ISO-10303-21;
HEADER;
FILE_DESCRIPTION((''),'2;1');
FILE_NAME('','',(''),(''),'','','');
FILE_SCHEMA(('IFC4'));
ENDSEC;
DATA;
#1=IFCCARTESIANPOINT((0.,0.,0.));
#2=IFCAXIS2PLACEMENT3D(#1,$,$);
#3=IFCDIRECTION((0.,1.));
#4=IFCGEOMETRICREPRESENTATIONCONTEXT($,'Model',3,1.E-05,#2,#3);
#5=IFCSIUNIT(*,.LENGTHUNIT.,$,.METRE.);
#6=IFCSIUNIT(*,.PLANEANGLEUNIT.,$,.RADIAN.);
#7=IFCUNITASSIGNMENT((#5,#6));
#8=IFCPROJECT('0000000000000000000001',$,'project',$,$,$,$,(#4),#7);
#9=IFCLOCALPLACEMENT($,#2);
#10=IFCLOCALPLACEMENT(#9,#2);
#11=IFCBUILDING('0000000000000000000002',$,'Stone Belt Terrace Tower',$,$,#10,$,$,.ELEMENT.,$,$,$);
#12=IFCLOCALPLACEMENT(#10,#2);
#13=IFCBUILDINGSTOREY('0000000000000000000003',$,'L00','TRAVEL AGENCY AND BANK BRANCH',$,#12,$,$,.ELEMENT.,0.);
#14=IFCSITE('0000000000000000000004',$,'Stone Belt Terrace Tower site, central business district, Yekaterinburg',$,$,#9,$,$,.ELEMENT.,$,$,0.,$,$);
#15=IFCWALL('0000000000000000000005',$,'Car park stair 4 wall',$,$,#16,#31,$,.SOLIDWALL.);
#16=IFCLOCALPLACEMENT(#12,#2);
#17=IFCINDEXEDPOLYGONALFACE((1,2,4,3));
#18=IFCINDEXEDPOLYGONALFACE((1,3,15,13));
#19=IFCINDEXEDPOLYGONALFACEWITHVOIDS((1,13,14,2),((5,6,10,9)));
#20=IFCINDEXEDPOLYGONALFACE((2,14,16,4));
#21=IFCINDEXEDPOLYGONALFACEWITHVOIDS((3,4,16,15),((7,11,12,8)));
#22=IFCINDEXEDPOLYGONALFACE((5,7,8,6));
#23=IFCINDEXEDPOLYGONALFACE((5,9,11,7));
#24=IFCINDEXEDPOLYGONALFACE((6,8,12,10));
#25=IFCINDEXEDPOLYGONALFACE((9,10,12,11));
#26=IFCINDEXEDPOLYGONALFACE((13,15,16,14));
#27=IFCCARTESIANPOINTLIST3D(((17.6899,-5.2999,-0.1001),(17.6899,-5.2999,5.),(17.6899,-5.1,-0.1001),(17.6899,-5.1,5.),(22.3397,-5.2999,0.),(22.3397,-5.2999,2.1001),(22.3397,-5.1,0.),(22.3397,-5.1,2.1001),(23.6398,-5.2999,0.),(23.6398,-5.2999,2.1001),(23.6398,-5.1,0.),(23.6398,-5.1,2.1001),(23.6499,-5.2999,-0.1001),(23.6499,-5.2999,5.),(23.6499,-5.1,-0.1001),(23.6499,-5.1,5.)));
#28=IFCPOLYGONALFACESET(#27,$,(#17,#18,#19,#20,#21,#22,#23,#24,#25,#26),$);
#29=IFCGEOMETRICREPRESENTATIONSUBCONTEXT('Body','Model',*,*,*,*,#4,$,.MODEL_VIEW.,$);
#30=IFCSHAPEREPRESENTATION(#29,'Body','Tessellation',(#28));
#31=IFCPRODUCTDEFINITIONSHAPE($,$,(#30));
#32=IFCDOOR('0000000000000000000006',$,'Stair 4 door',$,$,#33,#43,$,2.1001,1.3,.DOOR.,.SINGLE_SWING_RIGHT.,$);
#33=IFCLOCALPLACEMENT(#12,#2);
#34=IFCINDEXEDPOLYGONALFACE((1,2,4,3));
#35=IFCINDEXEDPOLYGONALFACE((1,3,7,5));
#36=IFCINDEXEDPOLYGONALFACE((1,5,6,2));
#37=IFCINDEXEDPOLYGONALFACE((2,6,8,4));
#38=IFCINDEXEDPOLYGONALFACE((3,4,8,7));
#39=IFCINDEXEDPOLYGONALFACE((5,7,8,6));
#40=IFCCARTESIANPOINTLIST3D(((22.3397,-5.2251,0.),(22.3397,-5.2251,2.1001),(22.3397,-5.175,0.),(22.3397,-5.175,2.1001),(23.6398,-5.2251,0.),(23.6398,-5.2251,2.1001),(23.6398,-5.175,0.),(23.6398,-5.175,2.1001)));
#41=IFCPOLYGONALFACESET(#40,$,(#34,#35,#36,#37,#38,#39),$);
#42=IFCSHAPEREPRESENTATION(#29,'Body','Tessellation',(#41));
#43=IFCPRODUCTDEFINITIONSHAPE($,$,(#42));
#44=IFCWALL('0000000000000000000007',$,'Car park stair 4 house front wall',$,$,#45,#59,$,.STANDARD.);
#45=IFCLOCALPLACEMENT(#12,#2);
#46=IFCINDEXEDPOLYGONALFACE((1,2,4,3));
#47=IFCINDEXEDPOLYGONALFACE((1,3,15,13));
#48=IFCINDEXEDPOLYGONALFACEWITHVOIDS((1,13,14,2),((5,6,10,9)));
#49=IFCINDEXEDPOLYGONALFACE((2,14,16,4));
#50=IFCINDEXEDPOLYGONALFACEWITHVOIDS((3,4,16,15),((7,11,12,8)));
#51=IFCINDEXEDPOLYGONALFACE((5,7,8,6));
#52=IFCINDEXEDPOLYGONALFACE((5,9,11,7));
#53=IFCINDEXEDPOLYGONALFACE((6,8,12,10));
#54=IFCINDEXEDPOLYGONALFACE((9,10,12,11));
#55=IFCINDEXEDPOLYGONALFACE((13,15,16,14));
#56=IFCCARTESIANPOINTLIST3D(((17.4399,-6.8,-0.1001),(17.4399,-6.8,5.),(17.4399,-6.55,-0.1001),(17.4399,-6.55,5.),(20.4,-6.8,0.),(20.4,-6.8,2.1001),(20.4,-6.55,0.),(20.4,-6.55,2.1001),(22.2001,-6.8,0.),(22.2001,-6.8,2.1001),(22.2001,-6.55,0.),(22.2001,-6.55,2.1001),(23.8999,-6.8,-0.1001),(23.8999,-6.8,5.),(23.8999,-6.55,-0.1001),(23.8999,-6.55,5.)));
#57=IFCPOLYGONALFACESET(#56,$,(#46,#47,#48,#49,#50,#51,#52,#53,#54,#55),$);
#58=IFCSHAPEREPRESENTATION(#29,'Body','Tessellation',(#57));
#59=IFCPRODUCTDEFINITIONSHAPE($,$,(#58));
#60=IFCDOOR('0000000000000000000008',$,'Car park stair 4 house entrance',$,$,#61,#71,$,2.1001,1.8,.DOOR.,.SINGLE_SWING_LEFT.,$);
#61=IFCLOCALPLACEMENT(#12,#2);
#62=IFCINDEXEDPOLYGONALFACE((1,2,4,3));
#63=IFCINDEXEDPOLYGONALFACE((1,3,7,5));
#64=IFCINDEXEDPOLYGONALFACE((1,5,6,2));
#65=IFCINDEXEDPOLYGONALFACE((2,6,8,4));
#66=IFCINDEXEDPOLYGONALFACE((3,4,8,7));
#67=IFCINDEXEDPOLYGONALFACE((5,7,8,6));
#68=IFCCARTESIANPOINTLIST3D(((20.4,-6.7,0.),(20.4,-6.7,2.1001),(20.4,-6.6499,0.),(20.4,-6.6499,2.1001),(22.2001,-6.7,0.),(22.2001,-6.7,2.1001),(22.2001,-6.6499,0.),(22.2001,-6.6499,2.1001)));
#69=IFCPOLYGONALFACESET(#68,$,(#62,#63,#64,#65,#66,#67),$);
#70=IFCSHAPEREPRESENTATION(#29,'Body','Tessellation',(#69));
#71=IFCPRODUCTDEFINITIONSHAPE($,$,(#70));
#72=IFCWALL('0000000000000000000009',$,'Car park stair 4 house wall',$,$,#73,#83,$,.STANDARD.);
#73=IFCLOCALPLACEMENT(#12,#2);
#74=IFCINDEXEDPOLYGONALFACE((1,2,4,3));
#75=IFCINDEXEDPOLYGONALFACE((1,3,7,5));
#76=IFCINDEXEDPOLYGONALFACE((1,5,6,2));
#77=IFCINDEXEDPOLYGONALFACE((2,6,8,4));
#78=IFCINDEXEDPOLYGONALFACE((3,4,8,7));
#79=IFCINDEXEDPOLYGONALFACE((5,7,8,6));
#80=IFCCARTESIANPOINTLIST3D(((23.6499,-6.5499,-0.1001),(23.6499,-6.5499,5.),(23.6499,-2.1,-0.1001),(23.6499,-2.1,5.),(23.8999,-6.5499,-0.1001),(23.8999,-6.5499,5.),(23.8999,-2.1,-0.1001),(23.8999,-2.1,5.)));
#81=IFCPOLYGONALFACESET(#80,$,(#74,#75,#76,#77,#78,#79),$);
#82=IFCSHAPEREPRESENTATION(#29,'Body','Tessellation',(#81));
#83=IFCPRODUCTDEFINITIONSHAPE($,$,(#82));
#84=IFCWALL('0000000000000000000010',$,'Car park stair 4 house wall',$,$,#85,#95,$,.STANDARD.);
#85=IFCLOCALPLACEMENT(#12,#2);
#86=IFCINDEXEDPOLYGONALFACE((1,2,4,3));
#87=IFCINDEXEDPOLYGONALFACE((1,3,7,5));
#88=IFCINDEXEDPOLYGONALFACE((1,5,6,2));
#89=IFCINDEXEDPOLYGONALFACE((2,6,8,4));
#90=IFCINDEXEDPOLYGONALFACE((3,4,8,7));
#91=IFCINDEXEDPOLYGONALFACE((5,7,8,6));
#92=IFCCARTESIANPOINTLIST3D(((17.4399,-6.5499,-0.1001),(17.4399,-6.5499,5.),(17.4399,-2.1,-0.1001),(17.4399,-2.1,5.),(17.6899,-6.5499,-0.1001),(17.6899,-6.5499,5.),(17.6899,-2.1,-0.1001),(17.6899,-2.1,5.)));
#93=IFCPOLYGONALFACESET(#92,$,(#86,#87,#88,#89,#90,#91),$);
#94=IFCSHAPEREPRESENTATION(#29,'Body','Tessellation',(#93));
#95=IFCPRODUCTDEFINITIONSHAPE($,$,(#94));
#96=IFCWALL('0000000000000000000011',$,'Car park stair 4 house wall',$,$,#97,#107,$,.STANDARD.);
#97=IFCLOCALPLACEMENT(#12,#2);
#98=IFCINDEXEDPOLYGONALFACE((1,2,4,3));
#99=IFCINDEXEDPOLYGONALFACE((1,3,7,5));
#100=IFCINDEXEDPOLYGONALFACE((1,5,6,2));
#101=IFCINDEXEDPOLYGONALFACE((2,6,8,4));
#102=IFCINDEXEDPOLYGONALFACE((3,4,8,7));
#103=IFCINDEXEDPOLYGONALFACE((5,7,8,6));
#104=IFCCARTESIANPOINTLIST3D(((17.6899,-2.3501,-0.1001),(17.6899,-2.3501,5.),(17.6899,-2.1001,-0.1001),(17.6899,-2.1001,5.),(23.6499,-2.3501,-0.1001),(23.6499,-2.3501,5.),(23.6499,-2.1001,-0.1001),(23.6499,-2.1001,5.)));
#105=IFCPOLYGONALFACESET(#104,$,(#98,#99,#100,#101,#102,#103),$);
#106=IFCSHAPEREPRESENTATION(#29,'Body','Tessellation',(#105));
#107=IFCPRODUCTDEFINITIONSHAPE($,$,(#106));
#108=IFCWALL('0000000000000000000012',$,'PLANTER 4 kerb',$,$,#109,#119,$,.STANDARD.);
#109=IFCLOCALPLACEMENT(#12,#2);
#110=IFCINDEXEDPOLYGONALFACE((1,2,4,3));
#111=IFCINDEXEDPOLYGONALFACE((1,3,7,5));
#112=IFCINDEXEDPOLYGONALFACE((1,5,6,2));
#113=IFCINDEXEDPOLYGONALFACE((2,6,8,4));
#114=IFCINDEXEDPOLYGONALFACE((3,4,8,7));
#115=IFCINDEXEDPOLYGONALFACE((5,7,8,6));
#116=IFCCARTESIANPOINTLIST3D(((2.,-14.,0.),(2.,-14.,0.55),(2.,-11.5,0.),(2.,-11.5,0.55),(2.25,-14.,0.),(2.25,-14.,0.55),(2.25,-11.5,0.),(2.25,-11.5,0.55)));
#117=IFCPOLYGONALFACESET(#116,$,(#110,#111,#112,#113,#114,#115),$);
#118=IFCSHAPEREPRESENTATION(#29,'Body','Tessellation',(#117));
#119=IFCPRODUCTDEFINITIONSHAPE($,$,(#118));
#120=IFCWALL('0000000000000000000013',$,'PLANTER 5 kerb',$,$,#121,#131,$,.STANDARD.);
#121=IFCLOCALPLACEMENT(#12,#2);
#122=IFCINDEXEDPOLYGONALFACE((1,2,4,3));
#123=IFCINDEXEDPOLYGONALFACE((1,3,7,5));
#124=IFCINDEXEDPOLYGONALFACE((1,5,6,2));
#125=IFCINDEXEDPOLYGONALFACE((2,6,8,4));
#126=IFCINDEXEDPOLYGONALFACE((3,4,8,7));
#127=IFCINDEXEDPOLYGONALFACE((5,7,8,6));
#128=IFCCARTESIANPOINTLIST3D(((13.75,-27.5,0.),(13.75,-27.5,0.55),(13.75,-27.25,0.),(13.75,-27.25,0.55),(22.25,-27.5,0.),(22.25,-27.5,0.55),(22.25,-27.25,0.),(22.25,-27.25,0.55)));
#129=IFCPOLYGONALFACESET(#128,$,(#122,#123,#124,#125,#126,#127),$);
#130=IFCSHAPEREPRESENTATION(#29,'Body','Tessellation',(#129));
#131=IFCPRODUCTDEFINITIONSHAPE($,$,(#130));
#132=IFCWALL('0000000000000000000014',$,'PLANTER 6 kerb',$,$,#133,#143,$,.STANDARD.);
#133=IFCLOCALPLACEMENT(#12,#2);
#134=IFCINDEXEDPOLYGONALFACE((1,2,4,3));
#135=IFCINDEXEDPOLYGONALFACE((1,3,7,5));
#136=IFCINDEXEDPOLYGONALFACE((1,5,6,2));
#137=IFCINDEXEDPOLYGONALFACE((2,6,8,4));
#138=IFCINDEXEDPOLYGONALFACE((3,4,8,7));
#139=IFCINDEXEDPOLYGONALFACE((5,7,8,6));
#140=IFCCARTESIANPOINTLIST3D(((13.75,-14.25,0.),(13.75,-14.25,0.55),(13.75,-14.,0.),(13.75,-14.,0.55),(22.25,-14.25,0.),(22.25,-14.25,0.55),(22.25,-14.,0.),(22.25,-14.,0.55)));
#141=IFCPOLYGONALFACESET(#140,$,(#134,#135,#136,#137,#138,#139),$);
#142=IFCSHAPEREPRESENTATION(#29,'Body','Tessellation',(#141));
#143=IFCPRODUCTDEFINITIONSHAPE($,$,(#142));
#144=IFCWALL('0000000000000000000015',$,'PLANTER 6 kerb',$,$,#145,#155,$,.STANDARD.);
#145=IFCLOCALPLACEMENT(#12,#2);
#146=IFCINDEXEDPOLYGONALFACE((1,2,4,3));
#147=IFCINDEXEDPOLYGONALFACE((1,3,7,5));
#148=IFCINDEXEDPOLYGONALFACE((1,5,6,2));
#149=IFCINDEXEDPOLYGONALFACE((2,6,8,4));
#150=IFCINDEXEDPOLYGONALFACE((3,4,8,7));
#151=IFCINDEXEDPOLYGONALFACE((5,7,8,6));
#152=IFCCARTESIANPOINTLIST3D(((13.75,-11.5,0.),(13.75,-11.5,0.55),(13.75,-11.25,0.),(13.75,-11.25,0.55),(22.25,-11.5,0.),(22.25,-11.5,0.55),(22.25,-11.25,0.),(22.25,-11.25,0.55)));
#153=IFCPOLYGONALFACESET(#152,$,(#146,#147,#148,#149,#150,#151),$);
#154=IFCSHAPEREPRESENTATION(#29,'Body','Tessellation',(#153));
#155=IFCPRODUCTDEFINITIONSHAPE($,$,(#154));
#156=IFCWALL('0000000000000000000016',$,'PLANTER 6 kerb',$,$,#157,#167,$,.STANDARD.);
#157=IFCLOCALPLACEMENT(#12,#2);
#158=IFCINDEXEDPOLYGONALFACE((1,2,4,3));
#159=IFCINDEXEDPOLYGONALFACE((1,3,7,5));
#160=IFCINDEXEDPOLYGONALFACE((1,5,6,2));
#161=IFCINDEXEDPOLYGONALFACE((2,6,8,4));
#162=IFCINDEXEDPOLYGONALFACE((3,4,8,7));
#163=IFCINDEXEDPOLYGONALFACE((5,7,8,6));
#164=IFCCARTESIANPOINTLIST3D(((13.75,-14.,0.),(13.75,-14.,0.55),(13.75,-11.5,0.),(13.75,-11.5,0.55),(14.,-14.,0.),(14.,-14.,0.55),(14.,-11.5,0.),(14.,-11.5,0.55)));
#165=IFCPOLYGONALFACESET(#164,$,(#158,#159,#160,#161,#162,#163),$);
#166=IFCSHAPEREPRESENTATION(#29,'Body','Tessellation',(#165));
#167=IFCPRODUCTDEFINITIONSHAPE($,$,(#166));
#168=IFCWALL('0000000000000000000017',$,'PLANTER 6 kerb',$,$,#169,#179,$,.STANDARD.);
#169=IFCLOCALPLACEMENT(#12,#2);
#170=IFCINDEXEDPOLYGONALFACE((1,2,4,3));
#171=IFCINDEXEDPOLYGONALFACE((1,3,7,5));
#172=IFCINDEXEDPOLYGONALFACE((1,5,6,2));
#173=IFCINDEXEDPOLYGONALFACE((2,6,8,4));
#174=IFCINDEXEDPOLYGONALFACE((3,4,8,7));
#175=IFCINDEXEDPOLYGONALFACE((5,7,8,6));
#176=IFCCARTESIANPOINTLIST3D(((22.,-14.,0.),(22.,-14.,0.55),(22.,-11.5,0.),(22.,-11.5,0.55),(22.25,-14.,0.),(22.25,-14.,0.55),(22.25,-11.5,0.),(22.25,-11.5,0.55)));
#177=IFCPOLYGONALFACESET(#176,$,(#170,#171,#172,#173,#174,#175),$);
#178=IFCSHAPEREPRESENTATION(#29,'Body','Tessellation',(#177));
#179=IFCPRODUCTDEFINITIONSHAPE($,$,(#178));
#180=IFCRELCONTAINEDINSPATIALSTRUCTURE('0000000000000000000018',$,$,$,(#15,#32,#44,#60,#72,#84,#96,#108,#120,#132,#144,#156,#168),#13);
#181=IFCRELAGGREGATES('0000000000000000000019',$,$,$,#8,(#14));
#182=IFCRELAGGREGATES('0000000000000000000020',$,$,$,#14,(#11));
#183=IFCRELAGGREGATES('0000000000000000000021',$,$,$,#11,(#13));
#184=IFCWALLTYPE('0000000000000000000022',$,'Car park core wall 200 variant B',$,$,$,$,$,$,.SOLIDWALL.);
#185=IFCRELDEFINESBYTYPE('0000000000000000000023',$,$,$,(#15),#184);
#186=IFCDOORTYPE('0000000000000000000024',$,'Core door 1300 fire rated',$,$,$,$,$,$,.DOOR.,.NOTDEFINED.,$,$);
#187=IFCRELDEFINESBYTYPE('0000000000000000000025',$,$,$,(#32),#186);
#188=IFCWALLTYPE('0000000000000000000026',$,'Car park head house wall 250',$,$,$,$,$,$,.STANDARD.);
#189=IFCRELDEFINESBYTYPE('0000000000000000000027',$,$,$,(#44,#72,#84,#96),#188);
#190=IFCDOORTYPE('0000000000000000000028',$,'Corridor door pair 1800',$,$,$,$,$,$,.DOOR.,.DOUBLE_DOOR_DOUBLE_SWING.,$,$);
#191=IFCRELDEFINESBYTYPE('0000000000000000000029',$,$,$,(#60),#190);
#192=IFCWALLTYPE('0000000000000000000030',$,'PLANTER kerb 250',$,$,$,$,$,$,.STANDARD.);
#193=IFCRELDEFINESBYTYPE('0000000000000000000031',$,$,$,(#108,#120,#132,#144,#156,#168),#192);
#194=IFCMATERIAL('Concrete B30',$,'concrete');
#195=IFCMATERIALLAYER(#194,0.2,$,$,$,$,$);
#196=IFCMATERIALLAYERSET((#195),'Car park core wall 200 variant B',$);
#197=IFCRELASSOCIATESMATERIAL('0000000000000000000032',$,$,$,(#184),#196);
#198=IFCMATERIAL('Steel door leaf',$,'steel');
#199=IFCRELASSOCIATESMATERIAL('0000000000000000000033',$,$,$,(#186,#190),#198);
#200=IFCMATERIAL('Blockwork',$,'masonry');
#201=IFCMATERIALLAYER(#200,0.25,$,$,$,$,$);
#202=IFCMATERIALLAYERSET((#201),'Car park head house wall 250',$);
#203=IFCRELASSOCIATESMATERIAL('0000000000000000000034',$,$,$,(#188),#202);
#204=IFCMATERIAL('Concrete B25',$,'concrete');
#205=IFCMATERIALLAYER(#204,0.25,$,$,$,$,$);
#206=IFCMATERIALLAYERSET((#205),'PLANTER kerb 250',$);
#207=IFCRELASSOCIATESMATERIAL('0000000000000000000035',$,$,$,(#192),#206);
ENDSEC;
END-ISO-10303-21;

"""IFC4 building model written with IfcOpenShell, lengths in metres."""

from ifc_helpers import new_model, si_unit, direction, frame, frame_2d, origin, place, context, subcontext, project, spatial, rectangle, extrude, material, layer, layer_set, type_object, element, fill, save


model = new_model("IFC4")

# Units and contexts
model_context = context("Model", 3, precision=1e-05, world=origin(), true_north=direction((0.0, 1.0)))
body_context = subcontext(model_context, "Body", "Model", "MODEL_VIEW")
ifc_project = project(units=[si_unit("LENGTHUNIT", "METRE"), si_unit("PLANEANGLEUNIT", "RADIAN")], contexts=[model_context])

# Site, building, storey
site_placement = place(None, origin())
site = spatial("IfcSite", under=ifc_project, at=site_placement, Name="Stone Belt Terrace Tower site, central business district, Yekaterinburg", CompositionType="ELEMENT", RefElevation=0.0)
building_placement = place(site_placement, origin())
building = spatial("IfcBuilding", under=site, at=building_placement, Name="Stone Belt Terrace Tower", CompositionType="ELEMENT")
storey_placement = place(building_placement, origin())
storey = spatial("IfcBuildingStorey", under=building, at=storey_placement, Name="L00", Description="TRAVEL AGENCY AND BANK BRANCH", CompositionType="ELEMENT", Elevation=0.0)

# Shared definitions
ifc_material_1 = material(Name="Concrete B30", Category="concrete")

# Walls, openings, doors
ifc_layer_1 = layer(ifc_material_1, 0.2)
ifc_layer_set_1 = layer_set([ifc_layer_1], Name="Car park core wall 200 variant B")
wall_type_1 = type_object("IfcWallType", Name="Car park core wall 200 variant B", PredefinedType="SOLIDWALL", material=ifc_layer_set_1)
wall_1_placement = place(storey_placement, frame((17.6899, -5.2, -0.1001), z_axis=(0.0, 0.0, 1.0), x_axis=(1.0, 0.0, 0.0)))
wall_1 = element("IfcWall", 1, at=wall_1_placement, inside=storey, type_object=wall_type_1, Name="Car park stair 4 wall", PredefinedType="SOLIDWALL", context=body_context, shape_type="SweptSolid", body=[
    extrude(rectangle(XDim=5.96, YDim=0.2, at=frame_2d((2.98, 0.0))), origin(), (0.0, 0.0, 1.0), 5.1001),
])
opening_1_placement = place(wall_1_placement, frame((4.6499, 0.0, 0.1001)))
opening_1 = element("IfcOpeningElement", 2, at=opening_1_placement, cuts=wall_1, PredefinedType="OPENING", context=body_context, shape_type="SweptSolid", body=[
    extrude(rectangle(XDim=1.3, YDim=2.1001, at=frame_2d((0.6499, 1.05))), frame((0.0, 0.1099, 0.0), z_axis=(0.0, -1.0, 0.0), x_axis=(1.0, 0.0, 0.0)), (0.0, 0.0, 1.0), 0.22),
])
ifc_material_2 = material(Name="Steel door leaf", Category="steel")
door_type_1 = type_object("IfcDoorType", Name="Core door 1300 fire rated", OperationType="NOTDEFINED", PredefinedType="DOOR", material=ifc_material_2)
door_1_placement = place(opening_1_placement, origin())
door_1 = element("IfcDoor", 3, at=door_1_placement, inside=storey, type_object=door_type_1, Name="Stair 4 door", OperationType="SINGLE_SWING_RIGHT", OverallHeight=2.1001, OverallWidth=1.3, PredefinedType="DOOR", context=body_context, shape_type="SweptSolid", body=[
    extrude(rectangle(XDim=1.3, YDim=2.1001, at=frame_2d((0.6499, 1.05))), frame((0.0, 0.0249, 0.0), z_axis=(0.0, -1.0, 0.0), x_axis=(1.0, 0.0, 0.0)), (0.0, 0.0, 1.0), 0.05),
])
fill(opening_1, door_1)
ifc_material_3 = material(Name="Blockwork", Category="masonry")
ifc_layer_2 = layer(ifc_material_3, 0.25)
ifc_layer_set_2 = layer_set([ifc_layer_2], Name="Car park head house wall 250")
wall_type_2 = type_object("IfcWallType", Name="Car park head house wall 250", PredefinedType="STANDARD", material=ifc_layer_set_2)
wall_2_placement = place(storey_placement, frame((23.8999, -6.675, -0.1001), z_axis=(0.0, 0.0, 1.0), x_axis=(-1.0, 0.0, 0.0)))
wall_2 = element("IfcWall", 4, at=wall_2_placement, inside=storey, type_object=wall_type_2, Name="Car park stair 4 house front wall", PredefinedType="STANDARD", context=body_context, shape_type="SweptSolid", body=[
    extrude(rectangle(XDim=6.46, YDim=0.25, at=frame_2d((3.23, 0.0))), origin(), (0.0, 0.0, 1.0), 5.1001),
])
opening_2_placement = place(wall_2_placement, frame((1.7, 0.0, 0.1001)))
opening_2 = element("IfcOpeningElement", 5, at=opening_2_placement, cuts=wall_2, PredefinedType="OPENING", context=body_context, shape_type="SweptSolid", body=[
    extrude(rectangle(XDim=1.8, YDim=2.1001, at=frame_2d((0.8999, 1.05))), frame((0.0, 0.135, 0.0), z_axis=(0.0, -1.0, 0.0), x_axis=(1.0, 0.0, 0.0)), (0.0, 0.0, 1.0), 0.27),
])
door_type_2 = type_object("IfcDoorType", Name="Corridor door pair 1800", OperationType="DOUBLE_DOOR_DOUBLE_SWING", PredefinedType="DOOR", material=ifc_material_2)
door_2_placement = place(opening_2_placement, origin())
door_2 = element("IfcDoor", 6, at=door_2_placement, inside=storey, type_object=door_type_2, Name="Car park stair 4 house entrance", OperationType="SINGLE_SWING_LEFT", OverallHeight=2.1001, OverallWidth=1.8, PredefinedType="DOOR", context=body_context, shape_type="SweptSolid", body=[
    extrude(rectangle(XDim=1.8, YDim=2.1001, at=frame_2d((0.8999, 1.05))), frame((0.0, 0.0249, 0.0), z_axis=(0.0, -1.0, 0.0), x_axis=(1.0, 0.0, 0.0)), (0.0, 0.0, 1.0), 0.05),
])
fill(opening_2, door_2)

# Walls
for number, where, z_axis, x_axis, name in (
    (7, (23.7749, -6.55, -0.1001), (0.0, 0.0, 1.0), (0.0, 1.0, 0.0), "Car park stair 4 house wall"),
    (8, (17.5649, -6.55, -0.1001), (0.0, 0.0, 1.0), (0.0, 1.0, 0.0), "Car park stair 4 house wall"),
):
    element("IfcWall", number, at=place(storey_placement, frame(where, z_axis=z_axis, x_axis=x_axis)), inside=storey, type_object=wall_type_2, Name=name, PredefinedType="STANDARD", context=body_context, shape_type="SweptSolid", body=[
        extrude(rectangle(XDim=4.45, YDim=0.25, at=frame_2d((2.2251, 0.0))), origin(), (0.0, 0.0, 1.0), 5.1001),
    ])
wall_3_placement = place(storey_placement, frame((17.6899, -2.2251, -0.1001), z_axis=(0.0, 0.0, 1.0), x_axis=(1.0, 0.0, 0.0)))
element("IfcWall", 9, at=wall_3_placement, inside=storey, type_object=wall_type_2, Name="Car park stair 4 house wall", PredefinedType="STANDARD", context=body_context, shape_type="SweptSolid", body=[
    extrude(rectangle(XDim=5.96, YDim=0.25, at=frame_2d((2.98, 0.0))), origin(), (0.0, 0.0, 1.0), 5.1001),
])
ifc_material_4 = material(Name="Concrete B25", Category="concrete")
ifc_layer_3 = layer(ifc_material_4, 0.25)
ifc_layer_set_3 = layer_set([ifc_layer_3], Name="PLANTER kerb 250")
wall_type_3 = type_object("IfcWallType", Name="PLANTER kerb 250", PredefinedType="STANDARD", material=ifc_layer_set_3)
wall_4_placement = place(storey_placement, frame((2.125, -14.0, 0.0), z_axis=(0.0, 0.0, 1.0), x_axis=(0.0, 1.0, 0.0)))
element("IfcWall", 10, at=wall_4_placement, inside=storey, type_object=wall_type_3, Name="PLANTER 4 kerb", PredefinedType="STANDARD", context=body_context, shape_type="SweptSolid", body=[
    extrude(rectangle(XDim=2.5, YDim=0.25, at=frame_2d((1.25, 0.0))), origin(), (0.0, 0.0, 1.0), 0.55),
])
for number, where, z_axis, x_axis, name in (
    (11, (13.75, -27.375, 0.0), (0.0, 0.0, 1.0), (1.0, 0.0, 0.0), "PLANTER 5 kerb"),
    (12, (13.75, -14.125, 0.0), (0.0, 0.0, 1.0), (1.0, 0.0, 0.0), "PLANTER 6 kerb"),
    (13, (13.75, -11.375, 0.0), (0.0, 0.0, 1.0), (1.0, 0.0, 0.0), "PLANTER 6 kerb"),
):
    element("IfcWall", number, at=place(storey_placement, frame(where, z_axis=z_axis, x_axis=x_axis)), inside=storey, type_object=wall_type_3, Name=name, PredefinedType="STANDARD", context=body_context, shape_type="SweptSolid", body=[
        extrude(rectangle(XDim=8.5, YDim=0.25, at=frame_2d((4.25, 0.0))), origin(), (0.0, 0.0, 1.0), 0.55),
    ])
for number, where, z_axis, x_axis, name in (
    (14, (13.875, -14.0, 0.0), (0.0, 0.0, 1.0), (0.0, 1.0, 0.0), "PLANTER 6 kerb"),
    (15, (22.125, -14.0, 0.0), (0.0, 0.0, 1.0), (0.0, 1.0, 0.0), "PLANTER 6 kerb"),
):
    element("IfcWall", number, at=place(storey_placement, frame(where, z_axis=z_axis, x_axis=x_axis)), inside=storey, type_object=wall_type_3, Name=name, PredefinedType="STANDARD", context=body_context, shape_type="SweptSolid", body=[
        extrude(rectangle(XDim=2.5, YDim=0.25, at=frame_2d((1.25, 0.0))), origin(), (0.0, 0.0, 1.0), 0.55),
    ])

save(model, "model.ifc")
